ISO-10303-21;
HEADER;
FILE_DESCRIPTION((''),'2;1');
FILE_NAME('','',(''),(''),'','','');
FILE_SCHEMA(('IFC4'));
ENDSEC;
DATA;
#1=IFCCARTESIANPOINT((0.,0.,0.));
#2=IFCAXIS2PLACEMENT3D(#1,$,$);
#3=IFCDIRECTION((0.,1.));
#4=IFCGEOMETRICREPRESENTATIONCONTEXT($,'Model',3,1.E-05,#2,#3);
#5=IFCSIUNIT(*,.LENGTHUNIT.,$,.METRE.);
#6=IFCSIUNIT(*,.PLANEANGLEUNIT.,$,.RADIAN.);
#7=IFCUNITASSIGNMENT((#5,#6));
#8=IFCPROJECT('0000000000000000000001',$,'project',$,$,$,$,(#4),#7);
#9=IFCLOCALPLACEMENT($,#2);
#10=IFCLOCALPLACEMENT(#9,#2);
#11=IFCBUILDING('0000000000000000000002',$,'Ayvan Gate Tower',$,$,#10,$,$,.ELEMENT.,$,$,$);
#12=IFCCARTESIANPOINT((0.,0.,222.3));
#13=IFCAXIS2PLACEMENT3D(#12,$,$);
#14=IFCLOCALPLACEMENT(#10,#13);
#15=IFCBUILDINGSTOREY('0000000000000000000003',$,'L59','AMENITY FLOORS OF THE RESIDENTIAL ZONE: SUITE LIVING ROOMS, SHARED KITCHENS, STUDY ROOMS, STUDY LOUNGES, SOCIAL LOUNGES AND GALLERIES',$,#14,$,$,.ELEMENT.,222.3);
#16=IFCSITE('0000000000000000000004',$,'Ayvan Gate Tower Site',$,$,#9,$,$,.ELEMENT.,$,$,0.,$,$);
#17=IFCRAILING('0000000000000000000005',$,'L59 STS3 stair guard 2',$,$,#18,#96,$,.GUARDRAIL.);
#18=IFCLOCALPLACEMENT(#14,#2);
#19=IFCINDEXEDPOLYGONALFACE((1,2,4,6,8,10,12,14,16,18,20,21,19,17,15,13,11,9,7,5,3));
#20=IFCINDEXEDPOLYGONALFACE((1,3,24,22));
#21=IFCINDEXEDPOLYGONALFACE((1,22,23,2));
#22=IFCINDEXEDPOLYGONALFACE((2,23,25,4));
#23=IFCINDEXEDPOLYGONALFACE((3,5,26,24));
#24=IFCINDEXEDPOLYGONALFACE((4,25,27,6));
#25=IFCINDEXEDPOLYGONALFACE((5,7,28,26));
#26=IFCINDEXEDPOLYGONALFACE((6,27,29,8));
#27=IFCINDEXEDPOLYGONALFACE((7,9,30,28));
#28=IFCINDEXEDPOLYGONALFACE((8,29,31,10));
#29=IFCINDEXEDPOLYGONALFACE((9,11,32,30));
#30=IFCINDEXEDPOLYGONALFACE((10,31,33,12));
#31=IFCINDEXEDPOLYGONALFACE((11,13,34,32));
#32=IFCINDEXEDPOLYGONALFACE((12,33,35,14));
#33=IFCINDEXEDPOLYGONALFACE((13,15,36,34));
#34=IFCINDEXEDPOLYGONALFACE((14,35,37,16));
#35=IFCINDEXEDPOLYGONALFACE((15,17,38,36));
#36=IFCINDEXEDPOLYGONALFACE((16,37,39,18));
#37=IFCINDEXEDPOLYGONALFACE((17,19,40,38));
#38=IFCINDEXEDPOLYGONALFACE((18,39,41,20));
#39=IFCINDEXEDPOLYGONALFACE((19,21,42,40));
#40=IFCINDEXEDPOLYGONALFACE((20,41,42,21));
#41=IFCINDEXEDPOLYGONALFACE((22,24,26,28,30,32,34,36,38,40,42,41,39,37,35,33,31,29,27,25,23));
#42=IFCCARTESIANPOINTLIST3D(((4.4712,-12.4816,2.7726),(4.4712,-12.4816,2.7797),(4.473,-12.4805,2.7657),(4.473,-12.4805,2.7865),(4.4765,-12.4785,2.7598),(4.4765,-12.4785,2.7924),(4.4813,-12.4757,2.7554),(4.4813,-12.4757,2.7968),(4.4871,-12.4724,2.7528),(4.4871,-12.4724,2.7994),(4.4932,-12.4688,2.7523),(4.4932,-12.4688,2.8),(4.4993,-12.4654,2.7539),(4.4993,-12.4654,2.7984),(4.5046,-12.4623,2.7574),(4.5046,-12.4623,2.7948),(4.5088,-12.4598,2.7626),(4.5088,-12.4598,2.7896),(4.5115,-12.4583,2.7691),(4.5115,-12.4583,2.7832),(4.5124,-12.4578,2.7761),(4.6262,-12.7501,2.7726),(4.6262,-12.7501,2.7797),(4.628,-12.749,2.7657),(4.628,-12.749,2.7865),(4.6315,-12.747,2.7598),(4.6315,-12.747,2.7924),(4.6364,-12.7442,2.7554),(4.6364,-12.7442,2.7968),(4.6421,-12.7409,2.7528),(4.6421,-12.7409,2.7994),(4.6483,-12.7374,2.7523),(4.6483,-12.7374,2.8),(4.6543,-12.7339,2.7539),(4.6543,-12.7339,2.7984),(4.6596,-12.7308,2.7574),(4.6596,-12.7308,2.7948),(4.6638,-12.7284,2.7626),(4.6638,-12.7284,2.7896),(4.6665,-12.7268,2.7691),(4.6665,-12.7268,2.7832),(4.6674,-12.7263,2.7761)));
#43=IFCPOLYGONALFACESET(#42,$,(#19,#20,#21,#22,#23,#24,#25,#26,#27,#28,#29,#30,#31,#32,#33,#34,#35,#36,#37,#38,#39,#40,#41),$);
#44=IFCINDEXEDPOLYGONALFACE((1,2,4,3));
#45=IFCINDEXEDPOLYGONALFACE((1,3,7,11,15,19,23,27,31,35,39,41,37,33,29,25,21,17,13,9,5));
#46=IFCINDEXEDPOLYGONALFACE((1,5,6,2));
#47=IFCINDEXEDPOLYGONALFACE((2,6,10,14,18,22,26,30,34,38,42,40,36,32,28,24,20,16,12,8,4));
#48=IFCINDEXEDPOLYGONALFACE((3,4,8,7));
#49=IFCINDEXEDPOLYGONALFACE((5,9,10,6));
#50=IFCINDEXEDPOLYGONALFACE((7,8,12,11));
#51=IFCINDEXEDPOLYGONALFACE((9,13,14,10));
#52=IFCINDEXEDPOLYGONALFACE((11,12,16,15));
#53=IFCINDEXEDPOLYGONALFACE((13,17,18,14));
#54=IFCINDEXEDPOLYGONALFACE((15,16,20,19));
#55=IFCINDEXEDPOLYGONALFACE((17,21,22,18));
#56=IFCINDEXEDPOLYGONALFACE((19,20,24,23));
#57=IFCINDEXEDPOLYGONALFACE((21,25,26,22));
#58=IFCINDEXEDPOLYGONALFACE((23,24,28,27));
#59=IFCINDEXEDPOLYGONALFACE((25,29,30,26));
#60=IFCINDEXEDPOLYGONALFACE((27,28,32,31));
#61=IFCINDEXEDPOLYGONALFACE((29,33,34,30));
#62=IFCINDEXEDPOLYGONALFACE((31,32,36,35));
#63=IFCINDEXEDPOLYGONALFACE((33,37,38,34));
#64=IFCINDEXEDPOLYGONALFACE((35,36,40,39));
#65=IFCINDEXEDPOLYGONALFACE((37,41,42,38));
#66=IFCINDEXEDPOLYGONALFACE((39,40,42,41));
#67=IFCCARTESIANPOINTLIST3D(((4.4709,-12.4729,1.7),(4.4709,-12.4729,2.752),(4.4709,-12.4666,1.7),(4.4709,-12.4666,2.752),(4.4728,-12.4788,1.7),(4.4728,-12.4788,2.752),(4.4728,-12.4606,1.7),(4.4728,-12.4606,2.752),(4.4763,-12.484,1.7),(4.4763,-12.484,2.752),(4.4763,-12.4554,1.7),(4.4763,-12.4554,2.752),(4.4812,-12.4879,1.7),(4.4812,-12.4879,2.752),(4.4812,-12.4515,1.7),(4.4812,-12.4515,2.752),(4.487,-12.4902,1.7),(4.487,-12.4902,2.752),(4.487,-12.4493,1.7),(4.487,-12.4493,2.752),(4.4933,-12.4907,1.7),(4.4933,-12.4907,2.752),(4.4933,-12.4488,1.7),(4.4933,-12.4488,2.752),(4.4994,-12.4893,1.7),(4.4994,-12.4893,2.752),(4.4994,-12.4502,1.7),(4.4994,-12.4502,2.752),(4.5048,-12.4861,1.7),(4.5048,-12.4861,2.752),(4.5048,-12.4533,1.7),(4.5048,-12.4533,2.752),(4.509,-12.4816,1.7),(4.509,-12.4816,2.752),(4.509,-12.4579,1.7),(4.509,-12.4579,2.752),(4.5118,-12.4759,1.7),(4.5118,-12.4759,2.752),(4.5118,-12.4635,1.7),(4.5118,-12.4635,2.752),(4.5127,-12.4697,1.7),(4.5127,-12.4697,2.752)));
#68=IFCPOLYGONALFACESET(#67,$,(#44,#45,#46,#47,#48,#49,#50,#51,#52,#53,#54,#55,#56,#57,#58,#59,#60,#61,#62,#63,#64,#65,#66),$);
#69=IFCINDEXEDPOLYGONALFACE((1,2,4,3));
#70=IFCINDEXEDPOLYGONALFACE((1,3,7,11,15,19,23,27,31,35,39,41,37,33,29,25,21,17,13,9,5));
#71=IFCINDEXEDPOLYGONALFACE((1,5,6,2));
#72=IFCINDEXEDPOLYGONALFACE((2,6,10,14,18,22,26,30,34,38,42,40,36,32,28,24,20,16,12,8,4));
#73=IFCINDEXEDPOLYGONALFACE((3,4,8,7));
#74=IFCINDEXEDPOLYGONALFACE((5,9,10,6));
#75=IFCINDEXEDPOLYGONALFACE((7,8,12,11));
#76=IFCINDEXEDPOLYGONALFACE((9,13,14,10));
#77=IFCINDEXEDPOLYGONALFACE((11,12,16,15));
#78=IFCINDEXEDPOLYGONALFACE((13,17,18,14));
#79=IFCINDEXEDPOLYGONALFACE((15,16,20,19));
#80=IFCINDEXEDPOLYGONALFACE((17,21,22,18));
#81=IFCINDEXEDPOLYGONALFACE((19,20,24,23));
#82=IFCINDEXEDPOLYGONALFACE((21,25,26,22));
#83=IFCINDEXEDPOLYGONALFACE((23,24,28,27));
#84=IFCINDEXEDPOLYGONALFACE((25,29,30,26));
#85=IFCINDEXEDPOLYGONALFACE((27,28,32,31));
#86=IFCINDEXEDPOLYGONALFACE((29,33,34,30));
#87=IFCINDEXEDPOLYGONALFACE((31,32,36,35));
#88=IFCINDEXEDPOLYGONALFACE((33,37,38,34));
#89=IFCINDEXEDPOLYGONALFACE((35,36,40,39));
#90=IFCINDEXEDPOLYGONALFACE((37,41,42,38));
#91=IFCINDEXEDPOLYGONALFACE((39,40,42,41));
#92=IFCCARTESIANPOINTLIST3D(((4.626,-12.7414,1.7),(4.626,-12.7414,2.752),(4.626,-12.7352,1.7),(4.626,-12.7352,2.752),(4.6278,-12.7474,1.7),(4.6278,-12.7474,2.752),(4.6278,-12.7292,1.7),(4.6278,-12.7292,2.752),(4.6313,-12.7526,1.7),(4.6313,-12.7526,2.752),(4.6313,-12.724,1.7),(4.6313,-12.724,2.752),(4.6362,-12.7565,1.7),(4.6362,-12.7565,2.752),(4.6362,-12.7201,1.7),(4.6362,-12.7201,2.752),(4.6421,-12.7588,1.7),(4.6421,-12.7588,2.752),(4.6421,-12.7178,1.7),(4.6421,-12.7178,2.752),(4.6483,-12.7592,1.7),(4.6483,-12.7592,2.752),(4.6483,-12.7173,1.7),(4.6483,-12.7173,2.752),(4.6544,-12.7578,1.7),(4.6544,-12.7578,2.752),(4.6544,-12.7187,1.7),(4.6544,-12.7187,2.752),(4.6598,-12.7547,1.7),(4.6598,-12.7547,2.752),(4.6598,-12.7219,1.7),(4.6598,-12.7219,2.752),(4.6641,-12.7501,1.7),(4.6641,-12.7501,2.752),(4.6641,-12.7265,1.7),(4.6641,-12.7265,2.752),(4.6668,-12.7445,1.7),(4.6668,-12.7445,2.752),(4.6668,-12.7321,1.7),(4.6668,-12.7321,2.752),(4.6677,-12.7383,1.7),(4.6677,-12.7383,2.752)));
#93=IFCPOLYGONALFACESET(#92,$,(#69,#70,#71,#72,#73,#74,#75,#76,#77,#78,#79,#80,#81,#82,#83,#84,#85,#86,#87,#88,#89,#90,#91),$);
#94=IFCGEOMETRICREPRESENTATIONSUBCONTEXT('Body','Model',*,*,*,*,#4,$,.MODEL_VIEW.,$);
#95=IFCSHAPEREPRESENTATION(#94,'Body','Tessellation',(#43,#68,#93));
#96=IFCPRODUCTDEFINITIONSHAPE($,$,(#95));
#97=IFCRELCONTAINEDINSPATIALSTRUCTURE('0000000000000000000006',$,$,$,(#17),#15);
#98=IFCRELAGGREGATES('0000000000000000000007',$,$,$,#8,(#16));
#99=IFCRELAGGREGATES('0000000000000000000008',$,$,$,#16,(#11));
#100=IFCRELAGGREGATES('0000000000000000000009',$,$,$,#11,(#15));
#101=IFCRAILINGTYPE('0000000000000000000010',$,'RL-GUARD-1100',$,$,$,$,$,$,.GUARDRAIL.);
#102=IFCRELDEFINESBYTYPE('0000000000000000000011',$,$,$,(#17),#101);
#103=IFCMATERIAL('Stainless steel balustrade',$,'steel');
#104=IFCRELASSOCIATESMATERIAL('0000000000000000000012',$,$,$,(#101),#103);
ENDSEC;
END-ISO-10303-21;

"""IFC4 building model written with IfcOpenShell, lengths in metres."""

from ifc_helpers import new_model, si_unit, direction, frame, origin, origin_2d, place, context, subcontext, project, spatial, circle, extrude, material, type_object, element, save


model = new_model("IFC4")

# Units and contexts
model_context = context("Model", 3, precision=1e-05, world=origin(), true_north=direction((0.0, 1.0)))
body_context = subcontext(model_context, "Body", "Model", "MODEL_VIEW")
ifc_project = project(units=[si_unit("LENGTHUNIT", "METRE"), si_unit("PLANEANGLEUNIT", "RADIAN")], contexts=[model_context])

# Site, building, storey
site_placement = place(None, origin())
site = spatial("IfcSite", under=ifc_project, at=site_placement, Name="Ayvan Gate Tower Site", CompositionType="ELEMENT", RefElevation=0.0)
building_placement = place(site_placement, origin())
building = spatial("IfcBuilding", under=site, at=building_placement, Name="Ayvan Gate Tower", CompositionType="ELEMENT")
storey_placement = place(building_placement, frame((0.0, 0.0, 222.3)))
storey = spatial("IfcBuildingStorey", under=building, at=storey_placement, Name="L59", Description="AMENITY FLOORS OF THE RESIDENTIAL ZONE: SUITE LIVING ROOMS, SHARED KITCHENS, STUDY ROOMS, STUDY LOUNGES, SOCIAL LOUNGES AND GALLERIES", CompositionType="ELEMENT", Elevation=222.3)

# Railing
ifc_material_1 = material(Name="Stainless steel balustrade", Category="steel")
railing_type_1 = type_object("IfcRailingType", Name="RL-GUARD-1100", PredefinedType="GUARDRAIL", material=ifc_material_1)
railing_1_placement = place(storey_placement, frame((4.4917, -12.4697, 1.7)))
element("IfcRailing", 1, at=railing_1_placement, inside=storey, type_object=railing_type_1, Name="L59 STS3 stair guard 2", PredefinedType="GUARDRAIL", context=body_context, shape_type="SweptSolid", body=[
    extrude(circle(Radius=0.0239, at=origin_2d()), frame((0.0, 0.0, 1.0762), z_axis=(0.49995, -0.866054, 0.0), x_axis=(0.866054, 0.49995, 0.0)), (0.0, 0.0, 1.0), 0.3101),
    extrude(circle(Radius=0.021, at=origin_2d()), origin(), (0.0, 0.0, 1.0), 1.052),
    extrude(circle(Radius=0.021, at=origin_2d()), frame((0.155, -0.2686, 0.0)), (0.0, 0.0, 1.0), 1.052),
])

save(model, "model.ifc")
